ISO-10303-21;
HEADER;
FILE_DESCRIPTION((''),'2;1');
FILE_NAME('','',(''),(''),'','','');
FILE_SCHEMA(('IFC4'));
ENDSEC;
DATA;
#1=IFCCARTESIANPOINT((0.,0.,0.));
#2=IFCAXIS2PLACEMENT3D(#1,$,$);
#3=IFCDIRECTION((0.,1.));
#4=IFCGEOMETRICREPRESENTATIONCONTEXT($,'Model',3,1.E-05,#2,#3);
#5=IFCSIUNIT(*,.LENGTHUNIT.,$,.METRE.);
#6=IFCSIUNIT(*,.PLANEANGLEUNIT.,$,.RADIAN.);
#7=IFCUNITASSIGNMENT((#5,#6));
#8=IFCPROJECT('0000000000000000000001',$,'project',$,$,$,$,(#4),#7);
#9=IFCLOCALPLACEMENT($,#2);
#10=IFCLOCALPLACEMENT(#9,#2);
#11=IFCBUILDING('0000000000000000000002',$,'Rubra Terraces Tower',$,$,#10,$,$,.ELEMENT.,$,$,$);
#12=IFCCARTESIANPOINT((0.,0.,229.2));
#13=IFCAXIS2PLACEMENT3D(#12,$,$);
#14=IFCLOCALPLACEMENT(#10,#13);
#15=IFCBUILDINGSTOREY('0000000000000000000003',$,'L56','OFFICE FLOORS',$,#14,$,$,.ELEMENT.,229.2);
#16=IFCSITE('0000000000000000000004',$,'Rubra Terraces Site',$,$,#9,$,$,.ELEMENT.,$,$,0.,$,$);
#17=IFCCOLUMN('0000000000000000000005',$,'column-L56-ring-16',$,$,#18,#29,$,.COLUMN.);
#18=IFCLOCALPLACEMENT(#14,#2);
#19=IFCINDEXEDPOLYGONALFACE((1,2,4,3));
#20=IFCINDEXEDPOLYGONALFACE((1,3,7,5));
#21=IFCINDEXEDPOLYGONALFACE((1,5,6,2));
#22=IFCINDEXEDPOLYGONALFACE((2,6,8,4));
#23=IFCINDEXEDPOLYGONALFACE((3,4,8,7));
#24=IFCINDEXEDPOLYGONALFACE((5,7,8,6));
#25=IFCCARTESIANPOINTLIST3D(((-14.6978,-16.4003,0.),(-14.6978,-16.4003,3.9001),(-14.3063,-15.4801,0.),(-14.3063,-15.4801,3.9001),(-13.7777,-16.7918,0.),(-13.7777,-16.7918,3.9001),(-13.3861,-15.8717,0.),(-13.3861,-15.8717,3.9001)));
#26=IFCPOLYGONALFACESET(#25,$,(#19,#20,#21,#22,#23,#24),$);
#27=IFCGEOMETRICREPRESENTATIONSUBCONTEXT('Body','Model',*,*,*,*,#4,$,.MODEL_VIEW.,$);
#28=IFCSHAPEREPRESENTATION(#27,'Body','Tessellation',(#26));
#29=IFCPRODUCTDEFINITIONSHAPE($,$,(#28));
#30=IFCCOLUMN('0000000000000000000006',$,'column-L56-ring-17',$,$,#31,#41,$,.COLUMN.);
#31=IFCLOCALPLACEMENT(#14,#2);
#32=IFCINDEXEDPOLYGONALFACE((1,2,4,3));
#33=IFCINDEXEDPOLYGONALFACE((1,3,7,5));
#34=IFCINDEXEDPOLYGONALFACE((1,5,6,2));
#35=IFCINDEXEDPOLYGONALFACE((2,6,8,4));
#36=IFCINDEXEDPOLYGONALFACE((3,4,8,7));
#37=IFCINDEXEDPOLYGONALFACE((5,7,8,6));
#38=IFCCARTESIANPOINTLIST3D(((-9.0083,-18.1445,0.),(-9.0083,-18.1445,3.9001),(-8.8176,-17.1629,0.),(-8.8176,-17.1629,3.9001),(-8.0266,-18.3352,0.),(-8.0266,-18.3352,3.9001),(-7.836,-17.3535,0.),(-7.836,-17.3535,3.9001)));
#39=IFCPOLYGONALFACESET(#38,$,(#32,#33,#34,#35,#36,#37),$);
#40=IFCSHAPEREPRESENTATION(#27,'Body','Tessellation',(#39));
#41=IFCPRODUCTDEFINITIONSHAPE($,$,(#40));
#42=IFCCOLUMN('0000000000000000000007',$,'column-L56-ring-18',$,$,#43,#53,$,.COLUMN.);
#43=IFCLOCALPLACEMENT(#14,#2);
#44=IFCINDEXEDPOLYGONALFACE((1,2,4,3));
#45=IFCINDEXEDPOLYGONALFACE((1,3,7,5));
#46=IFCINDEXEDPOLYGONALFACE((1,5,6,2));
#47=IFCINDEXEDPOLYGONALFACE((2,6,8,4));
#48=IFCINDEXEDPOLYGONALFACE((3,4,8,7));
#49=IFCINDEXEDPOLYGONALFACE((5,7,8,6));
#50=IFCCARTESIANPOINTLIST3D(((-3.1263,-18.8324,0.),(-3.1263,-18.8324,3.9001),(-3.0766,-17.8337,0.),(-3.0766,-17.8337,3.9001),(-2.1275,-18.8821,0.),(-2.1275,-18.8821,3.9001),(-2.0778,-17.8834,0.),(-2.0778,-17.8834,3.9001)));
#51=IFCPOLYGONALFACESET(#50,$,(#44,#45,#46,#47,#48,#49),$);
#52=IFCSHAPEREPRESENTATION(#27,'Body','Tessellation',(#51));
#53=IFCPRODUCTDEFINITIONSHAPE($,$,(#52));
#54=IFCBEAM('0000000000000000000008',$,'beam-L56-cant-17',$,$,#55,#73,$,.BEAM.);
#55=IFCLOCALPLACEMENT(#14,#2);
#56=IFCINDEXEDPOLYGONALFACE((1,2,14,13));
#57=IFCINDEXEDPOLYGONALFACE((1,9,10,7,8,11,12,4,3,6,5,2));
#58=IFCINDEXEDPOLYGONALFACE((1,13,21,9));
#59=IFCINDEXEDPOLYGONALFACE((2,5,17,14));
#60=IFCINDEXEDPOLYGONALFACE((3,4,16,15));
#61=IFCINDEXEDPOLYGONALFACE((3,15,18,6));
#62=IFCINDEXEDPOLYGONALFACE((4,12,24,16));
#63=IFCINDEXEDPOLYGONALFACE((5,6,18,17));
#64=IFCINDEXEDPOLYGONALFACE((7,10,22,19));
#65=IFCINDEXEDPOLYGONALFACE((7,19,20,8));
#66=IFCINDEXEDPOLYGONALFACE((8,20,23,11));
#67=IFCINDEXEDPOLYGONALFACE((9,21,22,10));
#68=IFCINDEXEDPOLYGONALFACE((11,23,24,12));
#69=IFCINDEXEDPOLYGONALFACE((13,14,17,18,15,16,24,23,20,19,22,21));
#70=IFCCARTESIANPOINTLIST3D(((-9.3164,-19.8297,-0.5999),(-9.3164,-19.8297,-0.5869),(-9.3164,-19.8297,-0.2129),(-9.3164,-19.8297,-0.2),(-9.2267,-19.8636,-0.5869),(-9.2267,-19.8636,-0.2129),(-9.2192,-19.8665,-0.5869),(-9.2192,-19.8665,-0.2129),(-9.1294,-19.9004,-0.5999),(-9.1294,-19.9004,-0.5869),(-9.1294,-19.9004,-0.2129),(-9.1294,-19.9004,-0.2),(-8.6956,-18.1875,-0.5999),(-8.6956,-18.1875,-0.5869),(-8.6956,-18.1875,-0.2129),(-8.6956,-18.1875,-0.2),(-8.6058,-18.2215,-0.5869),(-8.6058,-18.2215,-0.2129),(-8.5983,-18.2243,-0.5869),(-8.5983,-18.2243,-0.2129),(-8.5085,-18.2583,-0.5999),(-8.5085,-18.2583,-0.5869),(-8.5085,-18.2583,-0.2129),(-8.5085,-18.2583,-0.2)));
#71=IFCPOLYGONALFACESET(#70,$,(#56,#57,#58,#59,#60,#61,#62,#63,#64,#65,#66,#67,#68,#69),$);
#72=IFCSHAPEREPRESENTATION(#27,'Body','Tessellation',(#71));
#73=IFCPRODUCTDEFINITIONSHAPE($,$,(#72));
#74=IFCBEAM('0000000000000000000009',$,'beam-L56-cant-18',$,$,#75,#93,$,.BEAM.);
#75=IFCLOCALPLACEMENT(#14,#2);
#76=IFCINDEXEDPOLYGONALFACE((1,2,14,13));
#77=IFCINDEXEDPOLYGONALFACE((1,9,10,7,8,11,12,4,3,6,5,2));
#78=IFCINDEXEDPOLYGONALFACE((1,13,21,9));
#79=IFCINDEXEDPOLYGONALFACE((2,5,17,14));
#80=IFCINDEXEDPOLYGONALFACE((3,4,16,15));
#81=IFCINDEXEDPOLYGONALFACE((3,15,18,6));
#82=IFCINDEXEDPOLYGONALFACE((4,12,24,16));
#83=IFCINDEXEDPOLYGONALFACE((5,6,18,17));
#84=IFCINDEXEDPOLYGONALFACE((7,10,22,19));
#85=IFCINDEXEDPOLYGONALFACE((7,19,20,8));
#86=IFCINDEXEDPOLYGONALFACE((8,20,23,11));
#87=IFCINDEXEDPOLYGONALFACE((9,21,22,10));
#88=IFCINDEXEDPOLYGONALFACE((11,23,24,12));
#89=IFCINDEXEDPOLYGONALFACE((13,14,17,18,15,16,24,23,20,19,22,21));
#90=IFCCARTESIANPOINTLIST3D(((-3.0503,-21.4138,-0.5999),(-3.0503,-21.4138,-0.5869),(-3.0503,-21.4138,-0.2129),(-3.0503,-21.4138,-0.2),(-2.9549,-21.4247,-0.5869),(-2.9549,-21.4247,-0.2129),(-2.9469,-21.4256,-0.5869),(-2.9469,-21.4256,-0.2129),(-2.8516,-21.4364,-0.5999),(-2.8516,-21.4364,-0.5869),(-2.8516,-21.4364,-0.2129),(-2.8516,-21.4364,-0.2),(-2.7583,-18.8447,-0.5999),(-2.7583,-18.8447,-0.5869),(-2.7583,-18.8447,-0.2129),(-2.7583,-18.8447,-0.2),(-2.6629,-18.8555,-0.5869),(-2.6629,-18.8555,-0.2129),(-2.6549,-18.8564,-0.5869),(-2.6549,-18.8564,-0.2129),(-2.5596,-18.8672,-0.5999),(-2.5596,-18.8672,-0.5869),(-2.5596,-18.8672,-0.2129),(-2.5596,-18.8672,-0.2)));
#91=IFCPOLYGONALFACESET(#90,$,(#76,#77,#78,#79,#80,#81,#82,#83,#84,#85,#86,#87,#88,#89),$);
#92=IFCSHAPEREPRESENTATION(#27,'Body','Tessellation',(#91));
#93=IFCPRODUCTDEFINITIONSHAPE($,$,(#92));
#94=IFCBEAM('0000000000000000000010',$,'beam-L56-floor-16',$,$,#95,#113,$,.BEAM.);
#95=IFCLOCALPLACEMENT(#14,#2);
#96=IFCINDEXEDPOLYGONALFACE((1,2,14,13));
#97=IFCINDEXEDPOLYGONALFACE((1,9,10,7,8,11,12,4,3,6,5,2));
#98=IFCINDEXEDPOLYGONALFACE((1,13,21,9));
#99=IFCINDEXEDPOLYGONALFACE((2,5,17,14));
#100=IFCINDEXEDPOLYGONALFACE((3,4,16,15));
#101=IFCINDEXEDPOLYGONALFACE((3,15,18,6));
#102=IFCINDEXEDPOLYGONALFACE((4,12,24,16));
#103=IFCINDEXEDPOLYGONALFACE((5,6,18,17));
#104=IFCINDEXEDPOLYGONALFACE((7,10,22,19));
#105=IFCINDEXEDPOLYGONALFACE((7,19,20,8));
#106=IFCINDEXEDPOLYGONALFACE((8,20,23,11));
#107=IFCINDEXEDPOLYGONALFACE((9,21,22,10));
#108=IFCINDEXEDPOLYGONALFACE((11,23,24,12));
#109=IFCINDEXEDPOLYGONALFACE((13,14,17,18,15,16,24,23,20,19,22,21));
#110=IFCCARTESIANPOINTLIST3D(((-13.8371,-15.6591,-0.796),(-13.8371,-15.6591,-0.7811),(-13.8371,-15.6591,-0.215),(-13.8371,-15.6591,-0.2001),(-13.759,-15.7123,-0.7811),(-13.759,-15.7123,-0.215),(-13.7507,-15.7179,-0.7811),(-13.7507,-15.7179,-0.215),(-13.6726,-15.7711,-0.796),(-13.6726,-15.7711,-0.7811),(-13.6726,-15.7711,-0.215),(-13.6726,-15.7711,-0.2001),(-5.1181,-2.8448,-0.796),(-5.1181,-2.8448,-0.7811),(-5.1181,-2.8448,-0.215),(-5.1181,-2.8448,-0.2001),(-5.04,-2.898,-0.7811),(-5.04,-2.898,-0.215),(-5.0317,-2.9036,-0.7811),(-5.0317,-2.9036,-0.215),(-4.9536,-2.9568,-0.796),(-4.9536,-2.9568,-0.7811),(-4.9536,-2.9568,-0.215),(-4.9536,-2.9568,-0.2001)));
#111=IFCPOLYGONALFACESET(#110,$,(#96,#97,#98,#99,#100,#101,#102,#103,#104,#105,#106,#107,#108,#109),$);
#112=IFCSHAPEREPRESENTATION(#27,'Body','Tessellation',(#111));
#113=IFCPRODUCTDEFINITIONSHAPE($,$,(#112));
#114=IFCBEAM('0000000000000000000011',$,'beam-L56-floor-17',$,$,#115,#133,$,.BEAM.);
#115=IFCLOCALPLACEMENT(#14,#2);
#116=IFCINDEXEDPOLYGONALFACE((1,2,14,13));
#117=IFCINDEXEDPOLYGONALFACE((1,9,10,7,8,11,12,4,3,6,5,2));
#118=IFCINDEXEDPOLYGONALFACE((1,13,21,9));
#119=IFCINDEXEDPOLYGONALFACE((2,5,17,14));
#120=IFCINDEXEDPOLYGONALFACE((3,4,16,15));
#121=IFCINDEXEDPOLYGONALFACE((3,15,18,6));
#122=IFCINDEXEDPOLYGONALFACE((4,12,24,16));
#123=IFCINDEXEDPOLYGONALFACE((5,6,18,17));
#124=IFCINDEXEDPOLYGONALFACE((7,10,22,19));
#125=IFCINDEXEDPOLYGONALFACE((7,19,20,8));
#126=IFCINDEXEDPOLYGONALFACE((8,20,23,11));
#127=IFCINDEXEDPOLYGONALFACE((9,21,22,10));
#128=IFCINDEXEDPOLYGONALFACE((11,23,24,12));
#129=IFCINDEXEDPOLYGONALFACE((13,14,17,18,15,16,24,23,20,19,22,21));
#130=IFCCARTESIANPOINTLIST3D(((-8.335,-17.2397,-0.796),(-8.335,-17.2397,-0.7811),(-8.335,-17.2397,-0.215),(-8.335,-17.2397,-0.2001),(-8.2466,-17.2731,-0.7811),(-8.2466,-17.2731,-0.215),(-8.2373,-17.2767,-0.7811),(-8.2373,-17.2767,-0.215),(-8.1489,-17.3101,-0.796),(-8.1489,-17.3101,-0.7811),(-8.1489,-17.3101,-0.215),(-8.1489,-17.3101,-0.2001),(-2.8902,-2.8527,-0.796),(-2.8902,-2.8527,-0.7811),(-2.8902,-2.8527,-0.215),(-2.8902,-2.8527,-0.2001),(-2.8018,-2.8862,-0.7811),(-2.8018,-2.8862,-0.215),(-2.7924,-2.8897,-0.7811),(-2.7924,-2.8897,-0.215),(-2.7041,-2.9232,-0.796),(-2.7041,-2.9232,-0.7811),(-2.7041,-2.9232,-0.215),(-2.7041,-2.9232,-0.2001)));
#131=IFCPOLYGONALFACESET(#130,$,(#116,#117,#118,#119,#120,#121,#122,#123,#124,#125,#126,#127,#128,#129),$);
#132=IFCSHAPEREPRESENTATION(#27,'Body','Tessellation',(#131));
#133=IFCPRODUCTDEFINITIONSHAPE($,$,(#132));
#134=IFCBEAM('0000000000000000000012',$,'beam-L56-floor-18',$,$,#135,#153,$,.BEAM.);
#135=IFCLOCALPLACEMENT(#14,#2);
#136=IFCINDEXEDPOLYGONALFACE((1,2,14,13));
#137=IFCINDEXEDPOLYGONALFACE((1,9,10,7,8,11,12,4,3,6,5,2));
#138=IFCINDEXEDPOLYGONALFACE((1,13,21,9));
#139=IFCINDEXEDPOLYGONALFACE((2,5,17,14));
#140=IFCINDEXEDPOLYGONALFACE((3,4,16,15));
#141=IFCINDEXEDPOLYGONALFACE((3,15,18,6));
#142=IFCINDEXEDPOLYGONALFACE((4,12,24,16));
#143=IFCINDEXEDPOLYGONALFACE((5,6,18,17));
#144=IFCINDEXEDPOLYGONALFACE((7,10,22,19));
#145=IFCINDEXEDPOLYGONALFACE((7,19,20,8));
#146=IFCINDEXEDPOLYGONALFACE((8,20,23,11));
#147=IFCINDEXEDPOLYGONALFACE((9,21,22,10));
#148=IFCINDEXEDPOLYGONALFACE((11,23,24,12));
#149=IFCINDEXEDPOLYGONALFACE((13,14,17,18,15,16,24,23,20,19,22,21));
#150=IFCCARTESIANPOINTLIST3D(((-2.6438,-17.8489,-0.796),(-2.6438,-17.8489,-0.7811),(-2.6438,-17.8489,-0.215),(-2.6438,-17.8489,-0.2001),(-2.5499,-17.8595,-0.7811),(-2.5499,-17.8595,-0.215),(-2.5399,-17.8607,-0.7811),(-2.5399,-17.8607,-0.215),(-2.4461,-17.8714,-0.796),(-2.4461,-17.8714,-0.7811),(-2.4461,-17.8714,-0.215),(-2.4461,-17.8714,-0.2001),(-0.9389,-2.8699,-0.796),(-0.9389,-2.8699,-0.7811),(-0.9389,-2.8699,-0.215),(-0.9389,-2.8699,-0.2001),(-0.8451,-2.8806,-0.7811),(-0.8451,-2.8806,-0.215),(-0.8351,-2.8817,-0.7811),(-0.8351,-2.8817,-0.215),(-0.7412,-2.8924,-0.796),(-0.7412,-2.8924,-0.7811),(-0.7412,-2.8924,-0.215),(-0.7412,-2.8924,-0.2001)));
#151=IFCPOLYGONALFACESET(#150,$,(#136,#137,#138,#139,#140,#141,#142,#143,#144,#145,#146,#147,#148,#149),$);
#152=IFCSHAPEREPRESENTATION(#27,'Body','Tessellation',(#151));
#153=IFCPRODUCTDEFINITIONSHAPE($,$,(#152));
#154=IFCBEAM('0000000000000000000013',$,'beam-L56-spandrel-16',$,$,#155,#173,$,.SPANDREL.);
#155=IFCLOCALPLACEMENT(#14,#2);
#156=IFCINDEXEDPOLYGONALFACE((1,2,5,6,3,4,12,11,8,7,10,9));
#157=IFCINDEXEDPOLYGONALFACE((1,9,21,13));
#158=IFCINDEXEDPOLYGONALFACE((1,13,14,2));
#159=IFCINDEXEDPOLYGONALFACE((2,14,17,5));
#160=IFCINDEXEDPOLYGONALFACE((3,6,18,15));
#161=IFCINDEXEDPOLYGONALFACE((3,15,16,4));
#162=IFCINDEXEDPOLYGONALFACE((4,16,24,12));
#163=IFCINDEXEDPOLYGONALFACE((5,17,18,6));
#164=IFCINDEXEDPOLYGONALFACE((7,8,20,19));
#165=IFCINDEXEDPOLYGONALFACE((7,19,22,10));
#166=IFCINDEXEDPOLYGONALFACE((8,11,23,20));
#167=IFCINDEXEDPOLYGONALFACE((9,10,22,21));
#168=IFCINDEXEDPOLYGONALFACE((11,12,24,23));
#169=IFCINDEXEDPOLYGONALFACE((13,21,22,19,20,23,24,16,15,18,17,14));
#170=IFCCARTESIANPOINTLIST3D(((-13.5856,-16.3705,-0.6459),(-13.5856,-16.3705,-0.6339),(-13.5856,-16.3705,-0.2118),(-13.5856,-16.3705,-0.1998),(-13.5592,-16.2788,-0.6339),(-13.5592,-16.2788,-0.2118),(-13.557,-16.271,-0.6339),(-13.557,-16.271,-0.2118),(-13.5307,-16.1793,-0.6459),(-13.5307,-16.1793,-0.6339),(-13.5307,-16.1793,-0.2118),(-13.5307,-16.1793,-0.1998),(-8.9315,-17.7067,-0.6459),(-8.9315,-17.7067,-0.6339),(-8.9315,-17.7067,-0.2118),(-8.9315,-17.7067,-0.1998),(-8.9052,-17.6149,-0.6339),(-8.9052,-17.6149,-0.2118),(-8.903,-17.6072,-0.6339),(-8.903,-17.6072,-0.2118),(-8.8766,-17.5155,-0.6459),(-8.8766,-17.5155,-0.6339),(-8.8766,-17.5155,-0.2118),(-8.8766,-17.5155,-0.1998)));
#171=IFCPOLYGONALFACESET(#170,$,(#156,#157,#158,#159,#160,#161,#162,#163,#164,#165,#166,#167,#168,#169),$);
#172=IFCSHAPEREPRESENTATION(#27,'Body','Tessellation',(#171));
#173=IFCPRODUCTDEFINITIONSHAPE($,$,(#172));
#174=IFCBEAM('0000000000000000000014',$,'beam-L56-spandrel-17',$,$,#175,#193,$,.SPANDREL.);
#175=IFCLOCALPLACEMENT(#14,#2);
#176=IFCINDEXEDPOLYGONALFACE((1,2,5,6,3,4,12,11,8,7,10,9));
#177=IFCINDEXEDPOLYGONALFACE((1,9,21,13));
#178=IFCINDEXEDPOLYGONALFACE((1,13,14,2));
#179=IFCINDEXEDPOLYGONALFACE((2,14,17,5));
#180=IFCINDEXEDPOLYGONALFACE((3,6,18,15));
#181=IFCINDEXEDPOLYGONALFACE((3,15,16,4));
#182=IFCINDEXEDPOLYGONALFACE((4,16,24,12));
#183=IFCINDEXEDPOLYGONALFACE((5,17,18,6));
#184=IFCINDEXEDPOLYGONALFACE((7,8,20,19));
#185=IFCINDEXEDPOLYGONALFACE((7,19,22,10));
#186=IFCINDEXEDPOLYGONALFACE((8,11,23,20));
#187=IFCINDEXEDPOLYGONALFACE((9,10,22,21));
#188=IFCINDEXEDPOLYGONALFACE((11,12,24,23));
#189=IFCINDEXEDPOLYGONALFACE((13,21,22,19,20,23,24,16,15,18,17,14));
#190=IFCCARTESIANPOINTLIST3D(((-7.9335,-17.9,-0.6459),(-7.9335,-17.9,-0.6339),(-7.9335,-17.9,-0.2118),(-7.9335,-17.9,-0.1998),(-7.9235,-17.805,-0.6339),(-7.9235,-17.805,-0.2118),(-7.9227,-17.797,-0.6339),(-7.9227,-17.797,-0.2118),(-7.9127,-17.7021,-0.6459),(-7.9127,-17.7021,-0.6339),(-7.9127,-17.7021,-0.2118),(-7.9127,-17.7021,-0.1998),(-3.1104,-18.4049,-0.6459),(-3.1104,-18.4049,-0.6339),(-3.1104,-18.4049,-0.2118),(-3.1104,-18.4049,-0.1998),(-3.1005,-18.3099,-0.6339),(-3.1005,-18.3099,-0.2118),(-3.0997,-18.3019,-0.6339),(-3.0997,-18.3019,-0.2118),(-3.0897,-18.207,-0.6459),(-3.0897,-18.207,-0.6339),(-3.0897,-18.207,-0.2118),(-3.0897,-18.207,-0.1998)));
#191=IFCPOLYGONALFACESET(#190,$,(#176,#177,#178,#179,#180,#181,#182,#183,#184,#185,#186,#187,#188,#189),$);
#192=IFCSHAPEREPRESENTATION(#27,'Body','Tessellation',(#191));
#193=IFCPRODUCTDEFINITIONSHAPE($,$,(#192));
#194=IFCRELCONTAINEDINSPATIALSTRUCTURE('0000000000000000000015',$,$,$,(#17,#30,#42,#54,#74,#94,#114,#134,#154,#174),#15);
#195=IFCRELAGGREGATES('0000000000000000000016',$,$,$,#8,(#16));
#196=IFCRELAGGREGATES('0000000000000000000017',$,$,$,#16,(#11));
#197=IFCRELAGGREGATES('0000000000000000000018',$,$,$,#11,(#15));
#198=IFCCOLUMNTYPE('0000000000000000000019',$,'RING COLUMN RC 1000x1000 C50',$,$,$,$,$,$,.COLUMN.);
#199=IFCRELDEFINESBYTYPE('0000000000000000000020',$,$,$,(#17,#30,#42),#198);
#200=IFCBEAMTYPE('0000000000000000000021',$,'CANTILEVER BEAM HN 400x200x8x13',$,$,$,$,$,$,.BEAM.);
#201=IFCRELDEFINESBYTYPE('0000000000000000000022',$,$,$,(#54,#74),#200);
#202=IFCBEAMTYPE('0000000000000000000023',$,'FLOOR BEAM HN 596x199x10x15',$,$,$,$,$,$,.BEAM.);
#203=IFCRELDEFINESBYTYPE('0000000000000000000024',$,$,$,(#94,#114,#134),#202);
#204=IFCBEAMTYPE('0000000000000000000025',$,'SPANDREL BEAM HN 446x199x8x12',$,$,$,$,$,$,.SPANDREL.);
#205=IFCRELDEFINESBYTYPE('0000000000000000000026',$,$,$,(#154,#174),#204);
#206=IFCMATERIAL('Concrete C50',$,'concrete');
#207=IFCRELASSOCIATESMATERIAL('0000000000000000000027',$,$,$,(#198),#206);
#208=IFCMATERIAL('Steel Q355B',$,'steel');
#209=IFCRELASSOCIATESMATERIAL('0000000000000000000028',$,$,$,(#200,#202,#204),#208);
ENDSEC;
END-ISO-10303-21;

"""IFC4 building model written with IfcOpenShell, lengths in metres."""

from ifc_helpers import new_model, si_unit, direction, frame, origin, origin_2d, place, context, subcontext, project, spatial, rectangle, i_section, extrude, material, material_profile, profile_set, type_object, element, save


model = new_model("IFC4")

# Units and contexts
model_context = context("Model", 3, precision=1e-05, world=origin(), true_north=direction((0.0, 1.0)))
body_context = subcontext(model_context, "Body", "Model", "MODEL_VIEW")
ifc_project = project(units=[si_unit("LENGTHUNIT", "METRE"), si_unit("PLANEANGLEUNIT", "RADIAN")], contexts=[model_context])

# Site, building, storey
site_placement = place(None, origin())
site = spatial("IfcSite", under=ifc_project, at=site_placement, Name="Rubra Terraces Site", CompositionType="ELEMENT", RefElevation=0.0)
building_placement = place(site_placement, origin())
building = spatial("IfcBuilding", under=site, at=building_placement, Name="Rubra Terraces Tower", CompositionType="ELEMENT")
storey_placement = place(building_placement, frame((0.0, 0.0, 229.2)))
storey = spatial("IfcBuildingStorey", under=building, at=storey_placement, Name="L56", Description="OFFICE FLOORS", CompositionType="ELEMENT", Elevation=229.2)

# Columns
ifc_material_1 = material(Name="Concrete C50", Category="concrete")
ifc_material_profile_1 = material_profile(ifc_material_1, rectangle(XDim=1.0, YDim=1.0, at=origin_2d()), Name="RC 1000x1000")
ifc_profile_set_1 = profile_set([ifc_material_profile_1], Name="Concrete C50")
column_type = type_object("IfcColumnType", Name="RING COLUMN RC 1000x1000 C50", PredefinedType="COLUMN", material=ifc_profile_set_1)
for number, where, z_axis, x_axis, name in (
    (1, (-14.042, -16.136, 0.0), (0.0, 0.0, 1.0), (0.920168, -0.391524, 0.0), "column-L56-ring-16"),
    (2, (-8.4221, -17.749, 0.0), (0.0, 0.0, 1.0), (0.981655, -0.190668, 0.0), "column-L56-ring-17"),
    (3, (-2.6021, -18.3579, 0.0), (0.0, 0.0, 1.0), (0.998764, -0.049699, 0.0), "column-L56-ring-18"),
):
    element("IfcColumn", number, at=place(storey_placement, frame(where, z_axis=z_axis, x_axis=x_axis)), inside=storey, type_object=column_type, Name=name, PredefinedType="COLUMN", context=body_context, shape_type="SweptSolid", body=[
        extrude(rectangle(XDim=1.0, YDim=1.0, at=origin_2d()), origin(), (0.0, 0.0, 1.0), 3.9001),
    ])

# Beams
ifc_material_2 = material(Name="Steel Q355B", Category="steel")
ifc_material_profile_2 = material_profile(ifc_material_2, i_section(OverallWidth=0.2, OverallDepth=0.3999, WebThickness=0.0081, FlangeThickness=0.0129, at=origin_2d()), Name="HN 400x200x8x13")
ifc_profile_set_2 = profile_set([ifc_material_profile_2], Name="Steel Q355B")
beam_type_1 = type_object("IfcBeamType", Name="CANTILEVER BEAM HN 400x200x8x13", PredefinedType="BEAM", material=ifc_profile_set_2)
beam_1_placement = place(storey_placement, frame((-8.6021, -18.2229, -0.3999), z_axis=(-0.353652, -0.935377, 0.0), x_axis=(0.935377, -0.353652, 0.0)))
element("IfcBeam", 4, at=beam_1_placement, inside=storey, type_object=beam_type_1, Name="beam-L56-cant-17", PredefinedType="BEAM", context=body_context, shape_type="SweptSolid", body=[
    extrude(i_section(OverallWidth=0.2, OverallDepth=0.3999, WebThickness=0.0081, FlangeThickness=0.0129, at=origin_2d()), origin(), (0.0, 0.0, 1.0), 1.7556),
])
beam_2_placement = place(storey_placement, frame((-2.6589, -18.856, -0.3999), z_axis=(-0.112929, -0.993603, 0.0), x_axis=(0.993603, -0.112929, 0.0)))
element("IfcBeam", 5, at=beam_2_placement, inside=storey, type_object=beam_type_1, Name="beam-L56-cant-18", PredefinedType="BEAM", context=body_context, shape_type="SweptSolid", body=[
    extrude(i_section(OverallWidth=0.2, OverallDepth=0.3999, WebThickness=0.0081, FlangeThickness=0.0129, at=origin_2d()), origin(), (0.0, 0.0, 1.0), 2.5857),
])
ifc_material_profile_3 = material_profile(ifc_material_2, i_section(OverallWidth=0.199, OverallDepth=0.5959, WebThickness=0.01, FlangeThickness=0.0149, at=origin_2d()), Name="HN 596x199x10x15")
ifc_profile_set_3 = profile_set([ifc_material_profile_3], Name="Steel Q355B")
beam_type_2 = type_object("IfcBeamType", Name="FLOOR BEAM HN 596x199x10x15", PredefinedType="BEAM", material=ifc_profile_set_3)
beam_3_placement = place(storey_placement, frame((-13.7549, -15.7151, -0.498), z_axis=(0.562545, 0.826767, 0.0), x_axis=(-0.826767, 0.562545, 0.0)))
element("IfcBeam", 6, at=beam_3_placement, inside=storey, type_object=beam_type_2, Name="beam-L56-floor-16", PredefinedType="BEAM", context=body_context, shape_type="SweptSolid", body=[
    extrude(i_section(OverallWidth=0.199, OverallDepth=0.5959, WebThickness=0.01, FlangeThickness=0.0149, at=origin_2d()), origin(), (0.0, 0.0, 1.0), 15.4993),
])
beam_4_placement = place(storey_placement, frame((-8.2419, -17.2749, -0.498), z_axis=(0.353955, 0.935262, 0.0), x_axis=(-0.935262, 0.353955, 0.0)))
element("IfcBeam", 7, at=beam_4_placement, inside=storey, type_object=beam_type_2, Name="beam-L56-floor-17", PredefinedType="BEAM", context=body_context, shape_type="SweptSolid", body=[
    extrude(i_section(OverallWidth=0.199, OverallDepth=0.5959, WebThickness=0.01, FlangeThickness=0.0149, at=origin_2d()), origin(), (0.0, 0.0, 1.0), 15.3828),
])
beam_5_placement = place(storey_placement, frame((-2.5449, -17.8601, -0.498), z_axis=(0.113085, 0.993585, 0.0), x_axis=(-0.993585, 0.113085, 0.0)))
element("IfcBeam", 8, at=beam_5_placement, inside=storey, type_object=beam_type_2, Name="beam-L56-floor-18", PredefinedType="BEAM", context=body_context, shape_type="SweptSolid", body=[
    extrude(i_section(OverallWidth=0.199, OverallDepth=0.5959, WebThickness=0.01, FlangeThickness=0.0149, at=origin_2d()), origin(), (0.0, 0.0, 1.0), 15.0757),
])
ifc_material_profile_4 = material_profile(ifc_material_2, i_section(OverallWidth=0.199, OverallDepth=0.446, WebThickness=0.0081, FlangeThickness=0.012, at=origin_2d()), Name="HN 446x199x8x12")
ifc_profile_set_4 = profile_set([ifc_material_profile_4], Name="Steel Q355B")
beam_type_3 = type_object("IfcBeamType", Name="SPANDREL BEAM HN 446x199x8x12", PredefinedType="SPANDREL", material=ifc_profile_set_4)
beam_6_placement = place(storey_placement, frame((-13.5581, -16.2749, -0.4229), z_axis=(0.961171, -0.275953, 0.0), x_axis=(0.275953, 0.961171, 0.0)))
element("IfcBeam", 9, at=beam_6_placement, inside=storey, type_object=beam_type_3, Name="beam-L56-spandrel-16", PredefinedType="SPANDREL", context=body_context, shape_type="SweptSolid", body=[
    extrude(i_section(OverallWidth=0.199, OverallDepth=0.446, WebThickness=0.0081, FlangeThickness=0.012, at=origin_2d()), origin(), (0.0, 0.0, 1.0), 4.842),
])
beam_7_placement = place(storey_placement, frame((-7.9231, -17.801, -0.4229), z_axis=(0.994565, -0.104113, 0.0), x_axis=(0.104113, 0.994565, 0.0)))
element("IfcBeam", 10, at=beam_7_placement, inside=storey, type_object=beam_type_3, Name="beam-L56-spandrel-17", PredefinedType="SPANDREL", context=body_context, shape_type="SweptSolid", body=[
    extrude(i_section(OverallWidth=0.199, OverallDepth=0.446, WebThickness=0.0081, FlangeThickness=0.012, at=origin_2d()), origin(), (0.0, 0.0, 1.0), 4.8494),
])

save(model, "model.ifc")
